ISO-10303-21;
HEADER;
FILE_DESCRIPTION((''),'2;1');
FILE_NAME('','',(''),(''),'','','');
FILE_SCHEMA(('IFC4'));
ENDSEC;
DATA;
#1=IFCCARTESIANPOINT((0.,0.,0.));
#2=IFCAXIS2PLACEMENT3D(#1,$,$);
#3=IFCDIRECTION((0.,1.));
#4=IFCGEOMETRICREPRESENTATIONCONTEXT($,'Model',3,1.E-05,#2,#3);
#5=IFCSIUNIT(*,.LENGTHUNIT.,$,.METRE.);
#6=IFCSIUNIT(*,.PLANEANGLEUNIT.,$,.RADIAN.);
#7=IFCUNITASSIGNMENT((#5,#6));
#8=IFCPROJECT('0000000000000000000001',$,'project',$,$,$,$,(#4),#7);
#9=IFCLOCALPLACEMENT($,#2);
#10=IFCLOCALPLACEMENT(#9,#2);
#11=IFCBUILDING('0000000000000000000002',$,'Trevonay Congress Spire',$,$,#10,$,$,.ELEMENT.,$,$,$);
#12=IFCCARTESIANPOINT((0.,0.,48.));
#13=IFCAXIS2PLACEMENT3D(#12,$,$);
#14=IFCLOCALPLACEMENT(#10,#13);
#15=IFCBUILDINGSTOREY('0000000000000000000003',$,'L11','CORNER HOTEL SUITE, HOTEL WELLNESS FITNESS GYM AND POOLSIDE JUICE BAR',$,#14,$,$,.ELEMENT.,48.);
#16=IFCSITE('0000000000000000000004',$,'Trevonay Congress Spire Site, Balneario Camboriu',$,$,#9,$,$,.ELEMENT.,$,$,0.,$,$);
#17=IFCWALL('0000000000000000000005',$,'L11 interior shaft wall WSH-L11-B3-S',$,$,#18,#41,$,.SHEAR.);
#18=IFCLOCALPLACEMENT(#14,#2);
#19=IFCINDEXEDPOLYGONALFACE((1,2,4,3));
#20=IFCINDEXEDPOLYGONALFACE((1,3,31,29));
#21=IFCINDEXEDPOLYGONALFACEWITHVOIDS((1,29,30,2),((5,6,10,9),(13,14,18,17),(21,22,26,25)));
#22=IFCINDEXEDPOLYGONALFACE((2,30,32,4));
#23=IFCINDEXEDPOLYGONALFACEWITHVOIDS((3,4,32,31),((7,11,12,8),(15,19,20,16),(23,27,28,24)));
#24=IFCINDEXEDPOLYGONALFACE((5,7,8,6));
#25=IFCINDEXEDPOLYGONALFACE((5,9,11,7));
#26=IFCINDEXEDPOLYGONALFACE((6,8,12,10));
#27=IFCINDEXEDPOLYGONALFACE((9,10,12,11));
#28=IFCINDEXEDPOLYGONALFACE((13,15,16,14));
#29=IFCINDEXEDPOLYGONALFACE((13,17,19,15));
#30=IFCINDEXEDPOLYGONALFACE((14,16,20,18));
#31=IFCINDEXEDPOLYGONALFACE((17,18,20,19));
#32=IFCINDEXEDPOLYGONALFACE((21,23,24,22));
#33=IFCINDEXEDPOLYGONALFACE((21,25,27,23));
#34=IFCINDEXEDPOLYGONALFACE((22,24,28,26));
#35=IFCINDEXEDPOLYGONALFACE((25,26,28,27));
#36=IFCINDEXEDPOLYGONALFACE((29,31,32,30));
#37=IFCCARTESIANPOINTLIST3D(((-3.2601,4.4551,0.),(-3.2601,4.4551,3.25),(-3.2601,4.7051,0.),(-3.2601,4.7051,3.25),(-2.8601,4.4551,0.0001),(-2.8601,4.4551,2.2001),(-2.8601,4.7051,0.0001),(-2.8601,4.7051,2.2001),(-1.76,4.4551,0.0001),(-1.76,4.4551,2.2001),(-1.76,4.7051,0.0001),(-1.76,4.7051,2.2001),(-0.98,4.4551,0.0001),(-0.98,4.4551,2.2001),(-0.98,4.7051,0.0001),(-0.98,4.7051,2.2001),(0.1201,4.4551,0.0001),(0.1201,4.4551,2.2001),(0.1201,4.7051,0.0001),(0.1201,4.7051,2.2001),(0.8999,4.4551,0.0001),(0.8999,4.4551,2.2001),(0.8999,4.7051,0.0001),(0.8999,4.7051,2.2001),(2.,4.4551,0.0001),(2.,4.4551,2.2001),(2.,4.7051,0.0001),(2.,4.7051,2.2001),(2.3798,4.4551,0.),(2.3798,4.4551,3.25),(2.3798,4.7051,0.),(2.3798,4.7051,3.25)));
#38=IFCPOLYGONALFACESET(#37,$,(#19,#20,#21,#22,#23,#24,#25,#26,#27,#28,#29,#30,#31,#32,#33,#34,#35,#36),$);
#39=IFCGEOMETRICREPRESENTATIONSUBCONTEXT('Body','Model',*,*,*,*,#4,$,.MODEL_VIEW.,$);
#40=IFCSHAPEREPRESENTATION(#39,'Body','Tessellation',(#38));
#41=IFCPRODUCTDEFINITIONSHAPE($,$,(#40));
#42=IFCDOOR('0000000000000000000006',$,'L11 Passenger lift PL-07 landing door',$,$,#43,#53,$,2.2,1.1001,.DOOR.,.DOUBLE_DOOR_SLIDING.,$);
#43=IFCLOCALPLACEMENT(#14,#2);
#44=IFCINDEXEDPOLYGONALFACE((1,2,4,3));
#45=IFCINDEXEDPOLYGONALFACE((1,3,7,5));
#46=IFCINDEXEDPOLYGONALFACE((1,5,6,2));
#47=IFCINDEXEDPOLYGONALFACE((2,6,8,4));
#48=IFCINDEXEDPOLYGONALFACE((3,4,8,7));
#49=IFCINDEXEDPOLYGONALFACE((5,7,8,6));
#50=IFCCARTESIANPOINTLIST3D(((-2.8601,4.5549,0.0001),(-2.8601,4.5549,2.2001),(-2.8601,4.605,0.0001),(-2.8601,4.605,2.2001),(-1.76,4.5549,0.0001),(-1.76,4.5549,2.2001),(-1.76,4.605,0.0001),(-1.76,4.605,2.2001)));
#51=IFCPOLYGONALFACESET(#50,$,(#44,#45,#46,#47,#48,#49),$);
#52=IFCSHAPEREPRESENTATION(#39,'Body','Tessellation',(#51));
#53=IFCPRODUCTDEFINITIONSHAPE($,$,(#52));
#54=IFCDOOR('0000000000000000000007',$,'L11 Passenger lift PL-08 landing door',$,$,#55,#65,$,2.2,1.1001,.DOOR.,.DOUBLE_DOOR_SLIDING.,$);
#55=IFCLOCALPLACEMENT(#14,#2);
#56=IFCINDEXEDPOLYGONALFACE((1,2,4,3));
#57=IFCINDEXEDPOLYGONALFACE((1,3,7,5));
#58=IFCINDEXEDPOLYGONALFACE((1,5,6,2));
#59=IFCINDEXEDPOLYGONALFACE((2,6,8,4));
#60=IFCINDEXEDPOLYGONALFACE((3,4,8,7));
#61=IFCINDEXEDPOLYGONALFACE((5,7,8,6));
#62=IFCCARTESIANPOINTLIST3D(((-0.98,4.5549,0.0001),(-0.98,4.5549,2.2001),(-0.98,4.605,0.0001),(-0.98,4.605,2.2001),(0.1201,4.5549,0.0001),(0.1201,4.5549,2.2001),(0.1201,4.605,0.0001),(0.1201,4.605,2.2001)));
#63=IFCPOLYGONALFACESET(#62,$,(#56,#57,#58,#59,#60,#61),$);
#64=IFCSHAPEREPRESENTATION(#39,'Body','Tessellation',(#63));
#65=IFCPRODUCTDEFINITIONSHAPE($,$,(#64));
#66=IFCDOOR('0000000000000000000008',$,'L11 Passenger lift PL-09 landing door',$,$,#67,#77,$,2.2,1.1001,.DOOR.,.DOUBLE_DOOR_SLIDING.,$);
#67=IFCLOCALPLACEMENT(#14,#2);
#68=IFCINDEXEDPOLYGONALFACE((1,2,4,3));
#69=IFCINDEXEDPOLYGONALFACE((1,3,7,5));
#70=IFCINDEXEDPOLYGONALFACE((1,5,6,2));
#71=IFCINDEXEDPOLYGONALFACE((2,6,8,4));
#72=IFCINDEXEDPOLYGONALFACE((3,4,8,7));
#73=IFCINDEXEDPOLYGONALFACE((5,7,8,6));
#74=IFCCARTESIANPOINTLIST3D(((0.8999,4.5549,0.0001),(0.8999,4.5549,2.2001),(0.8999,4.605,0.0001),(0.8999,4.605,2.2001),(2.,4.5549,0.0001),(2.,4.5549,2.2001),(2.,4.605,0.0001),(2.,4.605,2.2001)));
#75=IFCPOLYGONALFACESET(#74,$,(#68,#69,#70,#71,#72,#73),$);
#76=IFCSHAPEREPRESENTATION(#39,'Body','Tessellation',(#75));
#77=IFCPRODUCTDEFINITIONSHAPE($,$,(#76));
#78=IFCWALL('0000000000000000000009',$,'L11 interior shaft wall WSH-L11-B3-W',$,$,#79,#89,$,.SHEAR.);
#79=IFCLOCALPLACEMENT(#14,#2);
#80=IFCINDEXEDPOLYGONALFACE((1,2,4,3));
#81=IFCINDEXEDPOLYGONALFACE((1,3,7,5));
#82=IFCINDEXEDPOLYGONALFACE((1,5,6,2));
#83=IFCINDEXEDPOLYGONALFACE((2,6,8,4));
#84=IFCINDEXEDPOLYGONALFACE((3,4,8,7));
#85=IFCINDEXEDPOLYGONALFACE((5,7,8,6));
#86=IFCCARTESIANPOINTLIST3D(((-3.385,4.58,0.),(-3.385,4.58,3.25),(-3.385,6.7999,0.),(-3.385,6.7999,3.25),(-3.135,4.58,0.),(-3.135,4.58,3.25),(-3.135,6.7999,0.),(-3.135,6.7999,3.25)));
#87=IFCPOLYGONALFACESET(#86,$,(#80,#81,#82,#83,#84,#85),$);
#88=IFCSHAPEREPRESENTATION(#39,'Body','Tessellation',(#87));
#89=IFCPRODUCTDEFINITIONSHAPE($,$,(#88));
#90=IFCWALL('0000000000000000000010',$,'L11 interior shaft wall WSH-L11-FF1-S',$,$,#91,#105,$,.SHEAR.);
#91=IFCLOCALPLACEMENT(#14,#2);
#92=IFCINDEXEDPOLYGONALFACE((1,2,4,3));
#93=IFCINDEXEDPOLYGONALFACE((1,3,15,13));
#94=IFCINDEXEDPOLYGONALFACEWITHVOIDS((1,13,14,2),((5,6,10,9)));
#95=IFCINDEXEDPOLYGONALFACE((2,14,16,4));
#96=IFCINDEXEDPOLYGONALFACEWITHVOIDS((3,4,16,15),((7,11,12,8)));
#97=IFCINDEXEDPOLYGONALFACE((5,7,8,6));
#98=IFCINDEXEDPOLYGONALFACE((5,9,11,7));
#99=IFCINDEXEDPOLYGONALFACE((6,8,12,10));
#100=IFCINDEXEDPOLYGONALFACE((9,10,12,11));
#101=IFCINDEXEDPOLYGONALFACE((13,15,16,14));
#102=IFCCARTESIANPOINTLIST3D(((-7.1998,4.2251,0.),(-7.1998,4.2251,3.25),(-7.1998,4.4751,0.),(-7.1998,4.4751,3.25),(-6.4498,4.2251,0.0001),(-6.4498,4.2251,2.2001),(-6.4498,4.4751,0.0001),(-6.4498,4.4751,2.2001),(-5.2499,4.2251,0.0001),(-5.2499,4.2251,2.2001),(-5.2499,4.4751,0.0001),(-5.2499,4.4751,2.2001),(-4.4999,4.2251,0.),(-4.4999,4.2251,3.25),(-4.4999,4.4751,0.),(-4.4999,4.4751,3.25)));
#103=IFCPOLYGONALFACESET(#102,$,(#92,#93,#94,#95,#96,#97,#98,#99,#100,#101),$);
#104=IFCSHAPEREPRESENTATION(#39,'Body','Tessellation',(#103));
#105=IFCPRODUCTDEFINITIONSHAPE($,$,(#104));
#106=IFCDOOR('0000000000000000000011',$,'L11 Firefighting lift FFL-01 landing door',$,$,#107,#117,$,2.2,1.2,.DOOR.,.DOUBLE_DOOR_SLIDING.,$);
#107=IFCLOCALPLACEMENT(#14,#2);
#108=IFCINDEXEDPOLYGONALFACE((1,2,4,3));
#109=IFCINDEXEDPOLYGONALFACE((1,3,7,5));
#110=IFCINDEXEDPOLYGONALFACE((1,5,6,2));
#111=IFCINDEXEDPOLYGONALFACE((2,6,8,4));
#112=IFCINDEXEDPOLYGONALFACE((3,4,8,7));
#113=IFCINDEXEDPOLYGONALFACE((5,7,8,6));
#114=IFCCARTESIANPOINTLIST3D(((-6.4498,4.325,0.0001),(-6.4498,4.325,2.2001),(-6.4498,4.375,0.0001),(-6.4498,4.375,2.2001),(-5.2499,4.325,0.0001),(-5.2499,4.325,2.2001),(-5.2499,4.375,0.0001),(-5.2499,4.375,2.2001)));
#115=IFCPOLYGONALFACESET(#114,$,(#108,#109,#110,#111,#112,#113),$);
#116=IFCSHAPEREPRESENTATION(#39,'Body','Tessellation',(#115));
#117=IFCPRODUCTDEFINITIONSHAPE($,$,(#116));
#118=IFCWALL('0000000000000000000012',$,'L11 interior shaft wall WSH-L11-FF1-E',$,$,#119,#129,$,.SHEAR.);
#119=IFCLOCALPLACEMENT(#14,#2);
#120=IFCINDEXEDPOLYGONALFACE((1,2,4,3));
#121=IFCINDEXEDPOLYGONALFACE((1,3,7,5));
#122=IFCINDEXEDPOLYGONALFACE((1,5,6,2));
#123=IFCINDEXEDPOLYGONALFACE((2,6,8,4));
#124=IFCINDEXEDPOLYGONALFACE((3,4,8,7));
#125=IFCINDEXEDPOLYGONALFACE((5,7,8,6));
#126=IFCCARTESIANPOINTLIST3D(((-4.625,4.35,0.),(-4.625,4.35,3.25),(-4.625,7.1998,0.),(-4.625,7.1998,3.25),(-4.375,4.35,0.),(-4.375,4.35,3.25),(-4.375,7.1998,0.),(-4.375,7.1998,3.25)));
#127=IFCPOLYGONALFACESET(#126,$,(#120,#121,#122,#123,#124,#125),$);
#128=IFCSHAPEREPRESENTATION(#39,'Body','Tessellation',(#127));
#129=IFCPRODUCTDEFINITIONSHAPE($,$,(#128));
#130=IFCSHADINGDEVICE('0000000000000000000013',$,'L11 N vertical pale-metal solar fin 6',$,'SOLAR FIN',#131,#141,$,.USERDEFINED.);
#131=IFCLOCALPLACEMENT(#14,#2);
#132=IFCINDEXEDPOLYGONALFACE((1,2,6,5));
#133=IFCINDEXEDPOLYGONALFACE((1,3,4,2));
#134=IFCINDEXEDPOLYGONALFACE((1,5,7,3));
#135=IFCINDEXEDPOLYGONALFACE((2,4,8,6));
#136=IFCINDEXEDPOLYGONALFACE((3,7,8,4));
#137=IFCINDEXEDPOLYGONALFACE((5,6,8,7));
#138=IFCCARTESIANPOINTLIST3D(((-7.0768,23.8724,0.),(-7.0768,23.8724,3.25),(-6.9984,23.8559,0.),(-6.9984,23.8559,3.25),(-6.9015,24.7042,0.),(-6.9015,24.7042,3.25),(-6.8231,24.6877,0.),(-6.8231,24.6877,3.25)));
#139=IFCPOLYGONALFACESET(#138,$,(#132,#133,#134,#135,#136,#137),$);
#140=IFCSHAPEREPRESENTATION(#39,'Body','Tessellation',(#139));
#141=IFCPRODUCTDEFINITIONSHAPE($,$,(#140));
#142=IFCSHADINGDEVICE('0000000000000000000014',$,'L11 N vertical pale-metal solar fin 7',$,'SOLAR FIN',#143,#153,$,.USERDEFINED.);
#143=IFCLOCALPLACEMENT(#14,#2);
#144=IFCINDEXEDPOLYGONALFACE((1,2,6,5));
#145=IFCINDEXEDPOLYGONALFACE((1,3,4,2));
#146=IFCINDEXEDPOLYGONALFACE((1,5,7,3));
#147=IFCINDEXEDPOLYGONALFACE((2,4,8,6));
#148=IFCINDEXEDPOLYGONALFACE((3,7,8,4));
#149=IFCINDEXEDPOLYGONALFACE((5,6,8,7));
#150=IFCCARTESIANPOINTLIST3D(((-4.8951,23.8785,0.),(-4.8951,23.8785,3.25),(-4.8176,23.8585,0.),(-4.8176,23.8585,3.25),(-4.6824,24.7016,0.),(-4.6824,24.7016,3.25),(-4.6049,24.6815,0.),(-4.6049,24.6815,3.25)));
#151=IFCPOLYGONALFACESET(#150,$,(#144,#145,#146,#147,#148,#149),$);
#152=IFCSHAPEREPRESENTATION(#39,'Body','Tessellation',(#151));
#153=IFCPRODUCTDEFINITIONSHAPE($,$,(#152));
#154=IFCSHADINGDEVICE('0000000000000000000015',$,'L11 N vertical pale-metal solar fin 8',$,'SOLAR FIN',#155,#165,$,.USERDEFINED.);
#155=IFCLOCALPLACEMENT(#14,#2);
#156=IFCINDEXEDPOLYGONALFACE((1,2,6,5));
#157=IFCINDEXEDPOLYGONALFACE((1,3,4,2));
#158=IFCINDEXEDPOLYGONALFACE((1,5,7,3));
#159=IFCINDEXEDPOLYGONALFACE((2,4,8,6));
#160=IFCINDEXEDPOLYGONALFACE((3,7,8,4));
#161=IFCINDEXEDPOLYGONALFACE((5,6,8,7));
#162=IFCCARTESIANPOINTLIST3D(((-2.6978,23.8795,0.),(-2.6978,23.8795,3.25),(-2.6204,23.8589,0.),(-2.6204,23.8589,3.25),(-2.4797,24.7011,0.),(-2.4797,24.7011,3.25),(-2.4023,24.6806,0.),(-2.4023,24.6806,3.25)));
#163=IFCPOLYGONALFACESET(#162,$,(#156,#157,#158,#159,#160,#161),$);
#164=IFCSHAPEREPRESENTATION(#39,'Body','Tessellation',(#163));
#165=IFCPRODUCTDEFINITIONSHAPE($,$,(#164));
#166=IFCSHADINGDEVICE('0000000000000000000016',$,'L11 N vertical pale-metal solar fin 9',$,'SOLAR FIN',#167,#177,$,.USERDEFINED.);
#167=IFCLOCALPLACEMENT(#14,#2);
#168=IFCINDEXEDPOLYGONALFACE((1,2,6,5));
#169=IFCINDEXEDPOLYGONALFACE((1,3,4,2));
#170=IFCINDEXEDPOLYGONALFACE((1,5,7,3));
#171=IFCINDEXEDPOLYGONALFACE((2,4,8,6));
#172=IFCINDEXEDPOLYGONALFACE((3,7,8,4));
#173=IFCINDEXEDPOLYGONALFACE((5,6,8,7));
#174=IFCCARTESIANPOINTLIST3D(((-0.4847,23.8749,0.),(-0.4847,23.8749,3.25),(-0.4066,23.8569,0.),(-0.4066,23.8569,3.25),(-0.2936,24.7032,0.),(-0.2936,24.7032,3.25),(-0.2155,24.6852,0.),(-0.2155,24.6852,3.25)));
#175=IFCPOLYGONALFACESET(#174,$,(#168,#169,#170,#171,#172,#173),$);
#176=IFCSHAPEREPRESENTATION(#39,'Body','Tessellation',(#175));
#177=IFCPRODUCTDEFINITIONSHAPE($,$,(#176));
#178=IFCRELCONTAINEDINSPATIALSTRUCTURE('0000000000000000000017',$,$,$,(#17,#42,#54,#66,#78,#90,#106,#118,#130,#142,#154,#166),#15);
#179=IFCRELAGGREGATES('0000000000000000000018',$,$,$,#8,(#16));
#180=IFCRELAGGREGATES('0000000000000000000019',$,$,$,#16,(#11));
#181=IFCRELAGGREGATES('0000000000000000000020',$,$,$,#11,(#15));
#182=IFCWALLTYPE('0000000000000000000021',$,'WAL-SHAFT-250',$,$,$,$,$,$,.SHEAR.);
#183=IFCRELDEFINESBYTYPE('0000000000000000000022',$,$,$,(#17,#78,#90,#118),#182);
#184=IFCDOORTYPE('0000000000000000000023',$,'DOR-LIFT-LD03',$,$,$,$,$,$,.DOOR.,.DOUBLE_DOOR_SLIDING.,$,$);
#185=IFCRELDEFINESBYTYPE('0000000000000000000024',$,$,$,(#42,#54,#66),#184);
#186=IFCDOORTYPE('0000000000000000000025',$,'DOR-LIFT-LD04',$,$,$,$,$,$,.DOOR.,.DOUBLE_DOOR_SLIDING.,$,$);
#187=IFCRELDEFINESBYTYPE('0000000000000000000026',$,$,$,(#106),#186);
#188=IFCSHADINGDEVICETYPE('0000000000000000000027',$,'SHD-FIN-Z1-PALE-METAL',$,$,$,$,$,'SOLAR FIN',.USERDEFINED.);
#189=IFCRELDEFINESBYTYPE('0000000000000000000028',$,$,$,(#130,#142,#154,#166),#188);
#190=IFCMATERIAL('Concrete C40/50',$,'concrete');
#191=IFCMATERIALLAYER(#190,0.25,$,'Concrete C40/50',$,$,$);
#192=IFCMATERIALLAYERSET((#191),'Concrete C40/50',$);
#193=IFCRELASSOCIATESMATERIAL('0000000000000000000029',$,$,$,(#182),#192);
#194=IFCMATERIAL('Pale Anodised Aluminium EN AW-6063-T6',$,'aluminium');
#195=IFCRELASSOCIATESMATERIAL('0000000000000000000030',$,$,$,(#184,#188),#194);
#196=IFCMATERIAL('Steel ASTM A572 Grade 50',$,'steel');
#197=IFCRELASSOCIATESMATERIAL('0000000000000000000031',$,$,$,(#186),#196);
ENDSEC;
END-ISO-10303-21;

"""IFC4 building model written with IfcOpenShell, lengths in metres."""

from ifc_helpers import new_model, si_unit, direction, frame, frame_2d, origin, origin_2d, place, context, subcontext, project, spatial, rectangle, extrude, material, layer, layer_set, type_object, element, fill, save


model = new_model("IFC4")

# Units and contexts
model_context = context("Model", 3, precision=1e-05, world=origin(), true_north=direction((0.0, 1.0)))
body_context = subcontext(model_context, "Body", "Model", "MODEL_VIEW")
ifc_project = project(units=[si_unit("LENGTHUNIT", "METRE"), si_unit("PLANEANGLEUNIT", "RADIAN")], contexts=[model_context])

# Site, building, storey
site_placement = place(None, origin())
site = spatial("IfcSite", under=ifc_project, at=site_placement, Name="Trevonay Congress Spire Site, Balneario Camboriu", CompositionType="ELEMENT", RefElevation=0.0)
building_placement = place(site_placement, origin())
building = spatial("IfcBuilding", under=site, at=building_placement, Name="Trevonay Congress Spire", CompositionType="ELEMENT")
storey_placement = place(building_placement, frame((0.0, 0.0, 48.0)))
storey = spatial("IfcBuildingStorey", under=building, at=storey_placement, Name="L11", Description="CORNER HOTEL SUITE, HOTEL WELLNESS FITNESS GYM AND POOLSIDE JUICE BAR", CompositionType="ELEMENT", Elevation=48.0)

# Shared definitions
ifc_material_1 = material(Name="Steel ASTM A572 Grade 50", Category="steel")

# Shared definitions
ifc_material_2 = material(Name="Pale Anodised Aluminium EN AW-6063-T6", Category="aluminium")

# Shared definitions
ifc_material_3 = material(Name="Concrete C40/50", Category="concrete")

# Wall, openings, doors
ifc_layer_1 = layer(ifc_material_3, 0.25, Name="Concrete C40/50")
ifc_layer_set_1 = layer_set([ifc_layer_1], Name="Concrete C40/50")
wall_type_1 = type_object("IfcWallType", Name="WAL-SHAFT-250", PredefinedType="SHEAR", material=ifc_layer_set_1)
wall_1_placement = place(storey_placement, frame((-3.26, 4.5801, 0.0), z_axis=(0.0, 0.0, 1.0), x_axis=(1.0, 0.0, 0.0)))
wall_1 = element("IfcWall", 1, at=wall_1_placement, inside=storey, type_object=wall_type_1, Name="L11 interior shaft wall WSH-L11-B3-S", PredefinedType="SHEAR", context=body_context, shape_type="SweptSolid", body=[
    extrude(rectangle(XDim=5.6399, YDim=0.25, at=frame_2d((2.8198, 0.0))), origin(), (0.0, 0.0, 1.0), 3.25),
])
opening_1_placement = place(wall_1_placement, frame((0.3999, 0.0, 0.0)))
opening_1 = element("IfcOpeningElement", 2, at=opening_1_placement, cuts=wall_1, PredefinedType="OPENING", context=body_context, shape_type="SweptSolid", body=[
    extrude(rectangle(XDim=1.1001, YDim=2.2, at=frame_2d((0.55, 1.1001))), frame((0.0, 0.135, 0.0), z_axis=(0.0, -1.0, 0.0), x_axis=(1.0, 0.0, 0.0)), (0.0, 0.0, 1.0), 0.27),
])
opening_2_placement = place(wall_1_placement, frame((2.28, 0.0, 0.0)))
opening_2 = element("IfcOpeningElement", 3, at=opening_2_placement, cuts=wall_1, PredefinedType="OPENING", context=body_context, shape_type="SweptSolid", body=[
    extrude(rectangle(XDim=1.1001, YDim=2.2, at=frame_2d((0.55, 1.1001))), frame((0.0, 0.135, 0.0), z_axis=(0.0, -1.0, 0.0), x_axis=(1.0, 0.0, 0.0)), (0.0, 0.0, 1.0), 0.27),
])
opening_3_placement = place(wall_1_placement, frame((4.1599, 0.0, 0.0)))
opening_3 = element("IfcOpeningElement", 4, at=opening_3_placement, cuts=wall_1, PredefinedType="OPENING", context=body_context, shape_type="SweptSolid", body=[
    extrude(rectangle(XDim=1.1001, YDim=2.2, at=frame_2d((0.55, 1.1001))), frame((0.0, 0.135, 0.0), z_axis=(0.0, -1.0, 0.0), x_axis=(1.0, 0.0, 0.0)), (0.0, 0.0, 1.0), 0.27),
])
door_type_1 = type_object("IfcDoorType", Name="DOR-LIFT-LD03", OperationType="DOUBLE_DOOR_SLIDING", PredefinedType="DOOR", material=ifc_material_2)
door_1_placement = place(opening_1_placement, origin())
door_1 = element("IfcDoor", 5, at=door_1_placement, inside=storey, type_object=door_type_1, Name="L11 Passenger lift PL-07 landing door", OperationType="DOUBLE_DOOR_SLIDING", OverallHeight=2.2, OverallWidth=1.1001, PredefinedType="DOOR", context=body_context, shape_type="SweptSolid", body=[
    extrude(rectangle(XDim=1.1001, YDim=2.2, at=frame_2d((0.55, 1.1001))), frame((0.0, 0.0249, 0.0), z_axis=(0.0, -1.0, 0.0), x_axis=(1.0, 0.0, 0.0)), (0.0, 0.0, 1.0), 0.05),
])
fill(opening_1, door_1)
door_2_placement = place(opening_2_placement, origin())
door_2 = element("IfcDoor", 6, at=door_2_placement, inside=storey, type_object=door_type_1, Name="L11 Passenger lift PL-08 landing door", OperationType="DOUBLE_DOOR_SLIDING", OverallHeight=2.2, OverallWidth=1.1001, PredefinedType="DOOR", context=body_context, shape_type="SweptSolid", body=[
    extrude(rectangle(XDim=1.1001, YDim=2.2, at=frame_2d((0.55, 1.1001))), frame((0.0, 0.0249, 0.0), z_axis=(0.0, -1.0, 0.0), x_axis=(1.0, 0.0, 0.0)), (0.0, 0.0, 1.0), 0.05),
])
fill(opening_2, door_2)
door_3_placement = place(opening_3_placement, origin())
door_3 = element("IfcDoor", 7, at=door_3_placement, inside=storey, type_object=door_type_1, Name="L11 Passenger lift PL-09 landing door", OperationType="DOUBLE_DOOR_SLIDING", OverallHeight=2.2, OverallWidth=1.1001, PredefinedType="DOOR", context=body_context, shape_type="SweptSolid", body=[
    extrude(rectangle(XDim=1.1001, YDim=2.2, at=frame_2d((0.55, 1.1001))), frame((0.0, 0.0249, 0.0), z_axis=(0.0, -1.0, 0.0), x_axis=(1.0, 0.0, 0.0)), (0.0, 0.0, 1.0), 0.05),
])
fill(opening_3, door_3)

# Wall
wall_2_placement = place(storey_placement, frame((-3.26, 4.5801, 0.0), z_axis=(0.0, 0.0, 1.0), x_axis=(0.0, 1.0, 0.0)))
element("IfcWall", 8, at=wall_2_placement, inside=storey, type_object=wall_type_1, Name="L11 interior shaft wall WSH-L11-B3-W", PredefinedType="SHEAR", context=body_context, shape_type="SweptSolid", body=[
    extrude(rectangle(XDim=2.22, YDim=0.25, at=frame_2d((1.1099, 0.0))), origin(), (0.0, 0.0, 1.0), 3.25),
])

# Wall, opening, door
wall_3_placement = place(storey_placement, frame((-7.2, 4.3501, 0.0), z_axis=(0.0, 0.0, 1.0), x_axis=(1.0, 0.0, 0.0)))
wall_3 = element("IfcWall", 9, at=wall_3_placement, inside=storey, type_object=wall_type_1, Name="L11 interior shaft wall WSH-L11-FF1-S", PredefinedType="SHEAR", context=body_context, shape_type="SweptSolid", body=[
    extrude(rectangle(XDim=2.7, YDim=0.25, at=frame_2d((1.3501, 0.0))), origin(), (0.0, 0.0, 1.0), 3.25),
])
opening_4_placement = place(wall_3_placement, frame((0.75, 0.0, 0.0)))
opening_4 = element("IfcOpeningElement", 10, at=opening_4_placement, cuts=wall_3, PredefinedType="OPENING", context=body_context, shape_type="SweptSolid", body=[
    extrude(rectangle(XDim=1.2, YDim=2.2, at=frame_2d((0.6001, 1.1001))), frame((0.0, 0.135, 0.0), z_axis=(0.0, -1.0, 0.0), x_axis=(1.0, 0.0, 0.0)), (0.0, 0.0, 1.0), 0.27),
])
door_type_2 = type_object("IfcDoorType", Name="DOR-LIFT-LD04", OperationType="DOUBLE_DOOR_SLIDING", PredefinedType="DOOR", material=ifc_material_1)
door_4_placement = place(opening_4_placement, origin())
door_4 = element("IfcDoor", 11, at=door_4_placement, inside=storey, type_object=door_type_2, Name="L11 Firefighting lift FFL-01 landing door", OperationType="DOUBLE_DOOR_SLIDING", OverallHeight=2.2, OverallWidth=1.2, PredefinedType="DOOR", context=body_context, shape_type="SweptSolid", body=[
    extrude(rectangle(XDim=1.2, YDim=2.2, at=frame_2d((0.6001, 1.1001))), frame((0.0, 0.0249, 0.0), z_axis=(0.0, -1.0, 0.0), x_axis=(1.0, 0.0, 0.0)), (0.0, 0.0, 1.0), 0.05),
])
fill(opening_4, door_4)

# Wall
wall_4_placement = place(storey_placement, frame((-4.5, 4.3501, 0.0), z_axis=(0.0, 0.0, 1.0), x_axis=(0.0, 1.0, 0.0)))
element("IfcWall", 12, at=wall_4_placement, inside=storey, type_object=wall_type_1, Name="L11 interior shaft wall WSH-L11-FF1-E", PredefinedType="SHEAR", context=body_context, shape_type="SweptSolid", body=[
    extrude(rectangle(XDim=2.8499, YDim=0.25, at=frame_2d((1.4248, 0.0))), origin(), (0.0, 0.0, 1.0), 3.25),
])

# Shading devices
shading_device_type = type_object("IfcShadingDeviceType", Name="SHD-FIN-Z1-PALE-METAL", ElementType="SOLAR FIN", PredefinedType="USERDEFINED", material=ifc_material_2)
for number, where, z_axis, x_axis, name in (
    (13, (-6.95, 24.28, 0.0), (0.0, 0.0, 1.0), (0.978509, -0.206204, 0.0), "L11 N vertical pale-metal solar fin 6"),
    (14, (-4.75, 24.28, 0.0), (0.0, 0.0, 1.0), (0.968191, -0.250211, 0.0), "L11 N vertical pale-metal solar fin 7"),
    (15, (-2.55, 24.28, 0.0), (0.0, 0.0, 1.0), (0.966511, -0.256627, 0.0), "L11 N vertical pale-metal solar fin 8"),
    (16, (-0.3501, 24.28, 0.0), (0.0, 0.0, 1.0), (0.974409, -0.224781, 0.0), "L11 N vertical pale-metal solar fin 9"),
):
    element("IfcShadingDevice", number, at=place(storey_placement, frame(where, z_axis=z_axis, x_axis=x_axis)), inside=storey, type_object=shading_device_type, Name=name, ObjectType="SOLAR FIN", PredefinedType="USERDEFINED", context=body_context, shape_type="SweptSolid", body=[
        extrude(rectangle(XDim=0.0801, YDim=0.8501, at=origin_2d()), origin(), (0.0, 0.0, 1.0), 3.25),
    ])

save(model, "model.ifc")
